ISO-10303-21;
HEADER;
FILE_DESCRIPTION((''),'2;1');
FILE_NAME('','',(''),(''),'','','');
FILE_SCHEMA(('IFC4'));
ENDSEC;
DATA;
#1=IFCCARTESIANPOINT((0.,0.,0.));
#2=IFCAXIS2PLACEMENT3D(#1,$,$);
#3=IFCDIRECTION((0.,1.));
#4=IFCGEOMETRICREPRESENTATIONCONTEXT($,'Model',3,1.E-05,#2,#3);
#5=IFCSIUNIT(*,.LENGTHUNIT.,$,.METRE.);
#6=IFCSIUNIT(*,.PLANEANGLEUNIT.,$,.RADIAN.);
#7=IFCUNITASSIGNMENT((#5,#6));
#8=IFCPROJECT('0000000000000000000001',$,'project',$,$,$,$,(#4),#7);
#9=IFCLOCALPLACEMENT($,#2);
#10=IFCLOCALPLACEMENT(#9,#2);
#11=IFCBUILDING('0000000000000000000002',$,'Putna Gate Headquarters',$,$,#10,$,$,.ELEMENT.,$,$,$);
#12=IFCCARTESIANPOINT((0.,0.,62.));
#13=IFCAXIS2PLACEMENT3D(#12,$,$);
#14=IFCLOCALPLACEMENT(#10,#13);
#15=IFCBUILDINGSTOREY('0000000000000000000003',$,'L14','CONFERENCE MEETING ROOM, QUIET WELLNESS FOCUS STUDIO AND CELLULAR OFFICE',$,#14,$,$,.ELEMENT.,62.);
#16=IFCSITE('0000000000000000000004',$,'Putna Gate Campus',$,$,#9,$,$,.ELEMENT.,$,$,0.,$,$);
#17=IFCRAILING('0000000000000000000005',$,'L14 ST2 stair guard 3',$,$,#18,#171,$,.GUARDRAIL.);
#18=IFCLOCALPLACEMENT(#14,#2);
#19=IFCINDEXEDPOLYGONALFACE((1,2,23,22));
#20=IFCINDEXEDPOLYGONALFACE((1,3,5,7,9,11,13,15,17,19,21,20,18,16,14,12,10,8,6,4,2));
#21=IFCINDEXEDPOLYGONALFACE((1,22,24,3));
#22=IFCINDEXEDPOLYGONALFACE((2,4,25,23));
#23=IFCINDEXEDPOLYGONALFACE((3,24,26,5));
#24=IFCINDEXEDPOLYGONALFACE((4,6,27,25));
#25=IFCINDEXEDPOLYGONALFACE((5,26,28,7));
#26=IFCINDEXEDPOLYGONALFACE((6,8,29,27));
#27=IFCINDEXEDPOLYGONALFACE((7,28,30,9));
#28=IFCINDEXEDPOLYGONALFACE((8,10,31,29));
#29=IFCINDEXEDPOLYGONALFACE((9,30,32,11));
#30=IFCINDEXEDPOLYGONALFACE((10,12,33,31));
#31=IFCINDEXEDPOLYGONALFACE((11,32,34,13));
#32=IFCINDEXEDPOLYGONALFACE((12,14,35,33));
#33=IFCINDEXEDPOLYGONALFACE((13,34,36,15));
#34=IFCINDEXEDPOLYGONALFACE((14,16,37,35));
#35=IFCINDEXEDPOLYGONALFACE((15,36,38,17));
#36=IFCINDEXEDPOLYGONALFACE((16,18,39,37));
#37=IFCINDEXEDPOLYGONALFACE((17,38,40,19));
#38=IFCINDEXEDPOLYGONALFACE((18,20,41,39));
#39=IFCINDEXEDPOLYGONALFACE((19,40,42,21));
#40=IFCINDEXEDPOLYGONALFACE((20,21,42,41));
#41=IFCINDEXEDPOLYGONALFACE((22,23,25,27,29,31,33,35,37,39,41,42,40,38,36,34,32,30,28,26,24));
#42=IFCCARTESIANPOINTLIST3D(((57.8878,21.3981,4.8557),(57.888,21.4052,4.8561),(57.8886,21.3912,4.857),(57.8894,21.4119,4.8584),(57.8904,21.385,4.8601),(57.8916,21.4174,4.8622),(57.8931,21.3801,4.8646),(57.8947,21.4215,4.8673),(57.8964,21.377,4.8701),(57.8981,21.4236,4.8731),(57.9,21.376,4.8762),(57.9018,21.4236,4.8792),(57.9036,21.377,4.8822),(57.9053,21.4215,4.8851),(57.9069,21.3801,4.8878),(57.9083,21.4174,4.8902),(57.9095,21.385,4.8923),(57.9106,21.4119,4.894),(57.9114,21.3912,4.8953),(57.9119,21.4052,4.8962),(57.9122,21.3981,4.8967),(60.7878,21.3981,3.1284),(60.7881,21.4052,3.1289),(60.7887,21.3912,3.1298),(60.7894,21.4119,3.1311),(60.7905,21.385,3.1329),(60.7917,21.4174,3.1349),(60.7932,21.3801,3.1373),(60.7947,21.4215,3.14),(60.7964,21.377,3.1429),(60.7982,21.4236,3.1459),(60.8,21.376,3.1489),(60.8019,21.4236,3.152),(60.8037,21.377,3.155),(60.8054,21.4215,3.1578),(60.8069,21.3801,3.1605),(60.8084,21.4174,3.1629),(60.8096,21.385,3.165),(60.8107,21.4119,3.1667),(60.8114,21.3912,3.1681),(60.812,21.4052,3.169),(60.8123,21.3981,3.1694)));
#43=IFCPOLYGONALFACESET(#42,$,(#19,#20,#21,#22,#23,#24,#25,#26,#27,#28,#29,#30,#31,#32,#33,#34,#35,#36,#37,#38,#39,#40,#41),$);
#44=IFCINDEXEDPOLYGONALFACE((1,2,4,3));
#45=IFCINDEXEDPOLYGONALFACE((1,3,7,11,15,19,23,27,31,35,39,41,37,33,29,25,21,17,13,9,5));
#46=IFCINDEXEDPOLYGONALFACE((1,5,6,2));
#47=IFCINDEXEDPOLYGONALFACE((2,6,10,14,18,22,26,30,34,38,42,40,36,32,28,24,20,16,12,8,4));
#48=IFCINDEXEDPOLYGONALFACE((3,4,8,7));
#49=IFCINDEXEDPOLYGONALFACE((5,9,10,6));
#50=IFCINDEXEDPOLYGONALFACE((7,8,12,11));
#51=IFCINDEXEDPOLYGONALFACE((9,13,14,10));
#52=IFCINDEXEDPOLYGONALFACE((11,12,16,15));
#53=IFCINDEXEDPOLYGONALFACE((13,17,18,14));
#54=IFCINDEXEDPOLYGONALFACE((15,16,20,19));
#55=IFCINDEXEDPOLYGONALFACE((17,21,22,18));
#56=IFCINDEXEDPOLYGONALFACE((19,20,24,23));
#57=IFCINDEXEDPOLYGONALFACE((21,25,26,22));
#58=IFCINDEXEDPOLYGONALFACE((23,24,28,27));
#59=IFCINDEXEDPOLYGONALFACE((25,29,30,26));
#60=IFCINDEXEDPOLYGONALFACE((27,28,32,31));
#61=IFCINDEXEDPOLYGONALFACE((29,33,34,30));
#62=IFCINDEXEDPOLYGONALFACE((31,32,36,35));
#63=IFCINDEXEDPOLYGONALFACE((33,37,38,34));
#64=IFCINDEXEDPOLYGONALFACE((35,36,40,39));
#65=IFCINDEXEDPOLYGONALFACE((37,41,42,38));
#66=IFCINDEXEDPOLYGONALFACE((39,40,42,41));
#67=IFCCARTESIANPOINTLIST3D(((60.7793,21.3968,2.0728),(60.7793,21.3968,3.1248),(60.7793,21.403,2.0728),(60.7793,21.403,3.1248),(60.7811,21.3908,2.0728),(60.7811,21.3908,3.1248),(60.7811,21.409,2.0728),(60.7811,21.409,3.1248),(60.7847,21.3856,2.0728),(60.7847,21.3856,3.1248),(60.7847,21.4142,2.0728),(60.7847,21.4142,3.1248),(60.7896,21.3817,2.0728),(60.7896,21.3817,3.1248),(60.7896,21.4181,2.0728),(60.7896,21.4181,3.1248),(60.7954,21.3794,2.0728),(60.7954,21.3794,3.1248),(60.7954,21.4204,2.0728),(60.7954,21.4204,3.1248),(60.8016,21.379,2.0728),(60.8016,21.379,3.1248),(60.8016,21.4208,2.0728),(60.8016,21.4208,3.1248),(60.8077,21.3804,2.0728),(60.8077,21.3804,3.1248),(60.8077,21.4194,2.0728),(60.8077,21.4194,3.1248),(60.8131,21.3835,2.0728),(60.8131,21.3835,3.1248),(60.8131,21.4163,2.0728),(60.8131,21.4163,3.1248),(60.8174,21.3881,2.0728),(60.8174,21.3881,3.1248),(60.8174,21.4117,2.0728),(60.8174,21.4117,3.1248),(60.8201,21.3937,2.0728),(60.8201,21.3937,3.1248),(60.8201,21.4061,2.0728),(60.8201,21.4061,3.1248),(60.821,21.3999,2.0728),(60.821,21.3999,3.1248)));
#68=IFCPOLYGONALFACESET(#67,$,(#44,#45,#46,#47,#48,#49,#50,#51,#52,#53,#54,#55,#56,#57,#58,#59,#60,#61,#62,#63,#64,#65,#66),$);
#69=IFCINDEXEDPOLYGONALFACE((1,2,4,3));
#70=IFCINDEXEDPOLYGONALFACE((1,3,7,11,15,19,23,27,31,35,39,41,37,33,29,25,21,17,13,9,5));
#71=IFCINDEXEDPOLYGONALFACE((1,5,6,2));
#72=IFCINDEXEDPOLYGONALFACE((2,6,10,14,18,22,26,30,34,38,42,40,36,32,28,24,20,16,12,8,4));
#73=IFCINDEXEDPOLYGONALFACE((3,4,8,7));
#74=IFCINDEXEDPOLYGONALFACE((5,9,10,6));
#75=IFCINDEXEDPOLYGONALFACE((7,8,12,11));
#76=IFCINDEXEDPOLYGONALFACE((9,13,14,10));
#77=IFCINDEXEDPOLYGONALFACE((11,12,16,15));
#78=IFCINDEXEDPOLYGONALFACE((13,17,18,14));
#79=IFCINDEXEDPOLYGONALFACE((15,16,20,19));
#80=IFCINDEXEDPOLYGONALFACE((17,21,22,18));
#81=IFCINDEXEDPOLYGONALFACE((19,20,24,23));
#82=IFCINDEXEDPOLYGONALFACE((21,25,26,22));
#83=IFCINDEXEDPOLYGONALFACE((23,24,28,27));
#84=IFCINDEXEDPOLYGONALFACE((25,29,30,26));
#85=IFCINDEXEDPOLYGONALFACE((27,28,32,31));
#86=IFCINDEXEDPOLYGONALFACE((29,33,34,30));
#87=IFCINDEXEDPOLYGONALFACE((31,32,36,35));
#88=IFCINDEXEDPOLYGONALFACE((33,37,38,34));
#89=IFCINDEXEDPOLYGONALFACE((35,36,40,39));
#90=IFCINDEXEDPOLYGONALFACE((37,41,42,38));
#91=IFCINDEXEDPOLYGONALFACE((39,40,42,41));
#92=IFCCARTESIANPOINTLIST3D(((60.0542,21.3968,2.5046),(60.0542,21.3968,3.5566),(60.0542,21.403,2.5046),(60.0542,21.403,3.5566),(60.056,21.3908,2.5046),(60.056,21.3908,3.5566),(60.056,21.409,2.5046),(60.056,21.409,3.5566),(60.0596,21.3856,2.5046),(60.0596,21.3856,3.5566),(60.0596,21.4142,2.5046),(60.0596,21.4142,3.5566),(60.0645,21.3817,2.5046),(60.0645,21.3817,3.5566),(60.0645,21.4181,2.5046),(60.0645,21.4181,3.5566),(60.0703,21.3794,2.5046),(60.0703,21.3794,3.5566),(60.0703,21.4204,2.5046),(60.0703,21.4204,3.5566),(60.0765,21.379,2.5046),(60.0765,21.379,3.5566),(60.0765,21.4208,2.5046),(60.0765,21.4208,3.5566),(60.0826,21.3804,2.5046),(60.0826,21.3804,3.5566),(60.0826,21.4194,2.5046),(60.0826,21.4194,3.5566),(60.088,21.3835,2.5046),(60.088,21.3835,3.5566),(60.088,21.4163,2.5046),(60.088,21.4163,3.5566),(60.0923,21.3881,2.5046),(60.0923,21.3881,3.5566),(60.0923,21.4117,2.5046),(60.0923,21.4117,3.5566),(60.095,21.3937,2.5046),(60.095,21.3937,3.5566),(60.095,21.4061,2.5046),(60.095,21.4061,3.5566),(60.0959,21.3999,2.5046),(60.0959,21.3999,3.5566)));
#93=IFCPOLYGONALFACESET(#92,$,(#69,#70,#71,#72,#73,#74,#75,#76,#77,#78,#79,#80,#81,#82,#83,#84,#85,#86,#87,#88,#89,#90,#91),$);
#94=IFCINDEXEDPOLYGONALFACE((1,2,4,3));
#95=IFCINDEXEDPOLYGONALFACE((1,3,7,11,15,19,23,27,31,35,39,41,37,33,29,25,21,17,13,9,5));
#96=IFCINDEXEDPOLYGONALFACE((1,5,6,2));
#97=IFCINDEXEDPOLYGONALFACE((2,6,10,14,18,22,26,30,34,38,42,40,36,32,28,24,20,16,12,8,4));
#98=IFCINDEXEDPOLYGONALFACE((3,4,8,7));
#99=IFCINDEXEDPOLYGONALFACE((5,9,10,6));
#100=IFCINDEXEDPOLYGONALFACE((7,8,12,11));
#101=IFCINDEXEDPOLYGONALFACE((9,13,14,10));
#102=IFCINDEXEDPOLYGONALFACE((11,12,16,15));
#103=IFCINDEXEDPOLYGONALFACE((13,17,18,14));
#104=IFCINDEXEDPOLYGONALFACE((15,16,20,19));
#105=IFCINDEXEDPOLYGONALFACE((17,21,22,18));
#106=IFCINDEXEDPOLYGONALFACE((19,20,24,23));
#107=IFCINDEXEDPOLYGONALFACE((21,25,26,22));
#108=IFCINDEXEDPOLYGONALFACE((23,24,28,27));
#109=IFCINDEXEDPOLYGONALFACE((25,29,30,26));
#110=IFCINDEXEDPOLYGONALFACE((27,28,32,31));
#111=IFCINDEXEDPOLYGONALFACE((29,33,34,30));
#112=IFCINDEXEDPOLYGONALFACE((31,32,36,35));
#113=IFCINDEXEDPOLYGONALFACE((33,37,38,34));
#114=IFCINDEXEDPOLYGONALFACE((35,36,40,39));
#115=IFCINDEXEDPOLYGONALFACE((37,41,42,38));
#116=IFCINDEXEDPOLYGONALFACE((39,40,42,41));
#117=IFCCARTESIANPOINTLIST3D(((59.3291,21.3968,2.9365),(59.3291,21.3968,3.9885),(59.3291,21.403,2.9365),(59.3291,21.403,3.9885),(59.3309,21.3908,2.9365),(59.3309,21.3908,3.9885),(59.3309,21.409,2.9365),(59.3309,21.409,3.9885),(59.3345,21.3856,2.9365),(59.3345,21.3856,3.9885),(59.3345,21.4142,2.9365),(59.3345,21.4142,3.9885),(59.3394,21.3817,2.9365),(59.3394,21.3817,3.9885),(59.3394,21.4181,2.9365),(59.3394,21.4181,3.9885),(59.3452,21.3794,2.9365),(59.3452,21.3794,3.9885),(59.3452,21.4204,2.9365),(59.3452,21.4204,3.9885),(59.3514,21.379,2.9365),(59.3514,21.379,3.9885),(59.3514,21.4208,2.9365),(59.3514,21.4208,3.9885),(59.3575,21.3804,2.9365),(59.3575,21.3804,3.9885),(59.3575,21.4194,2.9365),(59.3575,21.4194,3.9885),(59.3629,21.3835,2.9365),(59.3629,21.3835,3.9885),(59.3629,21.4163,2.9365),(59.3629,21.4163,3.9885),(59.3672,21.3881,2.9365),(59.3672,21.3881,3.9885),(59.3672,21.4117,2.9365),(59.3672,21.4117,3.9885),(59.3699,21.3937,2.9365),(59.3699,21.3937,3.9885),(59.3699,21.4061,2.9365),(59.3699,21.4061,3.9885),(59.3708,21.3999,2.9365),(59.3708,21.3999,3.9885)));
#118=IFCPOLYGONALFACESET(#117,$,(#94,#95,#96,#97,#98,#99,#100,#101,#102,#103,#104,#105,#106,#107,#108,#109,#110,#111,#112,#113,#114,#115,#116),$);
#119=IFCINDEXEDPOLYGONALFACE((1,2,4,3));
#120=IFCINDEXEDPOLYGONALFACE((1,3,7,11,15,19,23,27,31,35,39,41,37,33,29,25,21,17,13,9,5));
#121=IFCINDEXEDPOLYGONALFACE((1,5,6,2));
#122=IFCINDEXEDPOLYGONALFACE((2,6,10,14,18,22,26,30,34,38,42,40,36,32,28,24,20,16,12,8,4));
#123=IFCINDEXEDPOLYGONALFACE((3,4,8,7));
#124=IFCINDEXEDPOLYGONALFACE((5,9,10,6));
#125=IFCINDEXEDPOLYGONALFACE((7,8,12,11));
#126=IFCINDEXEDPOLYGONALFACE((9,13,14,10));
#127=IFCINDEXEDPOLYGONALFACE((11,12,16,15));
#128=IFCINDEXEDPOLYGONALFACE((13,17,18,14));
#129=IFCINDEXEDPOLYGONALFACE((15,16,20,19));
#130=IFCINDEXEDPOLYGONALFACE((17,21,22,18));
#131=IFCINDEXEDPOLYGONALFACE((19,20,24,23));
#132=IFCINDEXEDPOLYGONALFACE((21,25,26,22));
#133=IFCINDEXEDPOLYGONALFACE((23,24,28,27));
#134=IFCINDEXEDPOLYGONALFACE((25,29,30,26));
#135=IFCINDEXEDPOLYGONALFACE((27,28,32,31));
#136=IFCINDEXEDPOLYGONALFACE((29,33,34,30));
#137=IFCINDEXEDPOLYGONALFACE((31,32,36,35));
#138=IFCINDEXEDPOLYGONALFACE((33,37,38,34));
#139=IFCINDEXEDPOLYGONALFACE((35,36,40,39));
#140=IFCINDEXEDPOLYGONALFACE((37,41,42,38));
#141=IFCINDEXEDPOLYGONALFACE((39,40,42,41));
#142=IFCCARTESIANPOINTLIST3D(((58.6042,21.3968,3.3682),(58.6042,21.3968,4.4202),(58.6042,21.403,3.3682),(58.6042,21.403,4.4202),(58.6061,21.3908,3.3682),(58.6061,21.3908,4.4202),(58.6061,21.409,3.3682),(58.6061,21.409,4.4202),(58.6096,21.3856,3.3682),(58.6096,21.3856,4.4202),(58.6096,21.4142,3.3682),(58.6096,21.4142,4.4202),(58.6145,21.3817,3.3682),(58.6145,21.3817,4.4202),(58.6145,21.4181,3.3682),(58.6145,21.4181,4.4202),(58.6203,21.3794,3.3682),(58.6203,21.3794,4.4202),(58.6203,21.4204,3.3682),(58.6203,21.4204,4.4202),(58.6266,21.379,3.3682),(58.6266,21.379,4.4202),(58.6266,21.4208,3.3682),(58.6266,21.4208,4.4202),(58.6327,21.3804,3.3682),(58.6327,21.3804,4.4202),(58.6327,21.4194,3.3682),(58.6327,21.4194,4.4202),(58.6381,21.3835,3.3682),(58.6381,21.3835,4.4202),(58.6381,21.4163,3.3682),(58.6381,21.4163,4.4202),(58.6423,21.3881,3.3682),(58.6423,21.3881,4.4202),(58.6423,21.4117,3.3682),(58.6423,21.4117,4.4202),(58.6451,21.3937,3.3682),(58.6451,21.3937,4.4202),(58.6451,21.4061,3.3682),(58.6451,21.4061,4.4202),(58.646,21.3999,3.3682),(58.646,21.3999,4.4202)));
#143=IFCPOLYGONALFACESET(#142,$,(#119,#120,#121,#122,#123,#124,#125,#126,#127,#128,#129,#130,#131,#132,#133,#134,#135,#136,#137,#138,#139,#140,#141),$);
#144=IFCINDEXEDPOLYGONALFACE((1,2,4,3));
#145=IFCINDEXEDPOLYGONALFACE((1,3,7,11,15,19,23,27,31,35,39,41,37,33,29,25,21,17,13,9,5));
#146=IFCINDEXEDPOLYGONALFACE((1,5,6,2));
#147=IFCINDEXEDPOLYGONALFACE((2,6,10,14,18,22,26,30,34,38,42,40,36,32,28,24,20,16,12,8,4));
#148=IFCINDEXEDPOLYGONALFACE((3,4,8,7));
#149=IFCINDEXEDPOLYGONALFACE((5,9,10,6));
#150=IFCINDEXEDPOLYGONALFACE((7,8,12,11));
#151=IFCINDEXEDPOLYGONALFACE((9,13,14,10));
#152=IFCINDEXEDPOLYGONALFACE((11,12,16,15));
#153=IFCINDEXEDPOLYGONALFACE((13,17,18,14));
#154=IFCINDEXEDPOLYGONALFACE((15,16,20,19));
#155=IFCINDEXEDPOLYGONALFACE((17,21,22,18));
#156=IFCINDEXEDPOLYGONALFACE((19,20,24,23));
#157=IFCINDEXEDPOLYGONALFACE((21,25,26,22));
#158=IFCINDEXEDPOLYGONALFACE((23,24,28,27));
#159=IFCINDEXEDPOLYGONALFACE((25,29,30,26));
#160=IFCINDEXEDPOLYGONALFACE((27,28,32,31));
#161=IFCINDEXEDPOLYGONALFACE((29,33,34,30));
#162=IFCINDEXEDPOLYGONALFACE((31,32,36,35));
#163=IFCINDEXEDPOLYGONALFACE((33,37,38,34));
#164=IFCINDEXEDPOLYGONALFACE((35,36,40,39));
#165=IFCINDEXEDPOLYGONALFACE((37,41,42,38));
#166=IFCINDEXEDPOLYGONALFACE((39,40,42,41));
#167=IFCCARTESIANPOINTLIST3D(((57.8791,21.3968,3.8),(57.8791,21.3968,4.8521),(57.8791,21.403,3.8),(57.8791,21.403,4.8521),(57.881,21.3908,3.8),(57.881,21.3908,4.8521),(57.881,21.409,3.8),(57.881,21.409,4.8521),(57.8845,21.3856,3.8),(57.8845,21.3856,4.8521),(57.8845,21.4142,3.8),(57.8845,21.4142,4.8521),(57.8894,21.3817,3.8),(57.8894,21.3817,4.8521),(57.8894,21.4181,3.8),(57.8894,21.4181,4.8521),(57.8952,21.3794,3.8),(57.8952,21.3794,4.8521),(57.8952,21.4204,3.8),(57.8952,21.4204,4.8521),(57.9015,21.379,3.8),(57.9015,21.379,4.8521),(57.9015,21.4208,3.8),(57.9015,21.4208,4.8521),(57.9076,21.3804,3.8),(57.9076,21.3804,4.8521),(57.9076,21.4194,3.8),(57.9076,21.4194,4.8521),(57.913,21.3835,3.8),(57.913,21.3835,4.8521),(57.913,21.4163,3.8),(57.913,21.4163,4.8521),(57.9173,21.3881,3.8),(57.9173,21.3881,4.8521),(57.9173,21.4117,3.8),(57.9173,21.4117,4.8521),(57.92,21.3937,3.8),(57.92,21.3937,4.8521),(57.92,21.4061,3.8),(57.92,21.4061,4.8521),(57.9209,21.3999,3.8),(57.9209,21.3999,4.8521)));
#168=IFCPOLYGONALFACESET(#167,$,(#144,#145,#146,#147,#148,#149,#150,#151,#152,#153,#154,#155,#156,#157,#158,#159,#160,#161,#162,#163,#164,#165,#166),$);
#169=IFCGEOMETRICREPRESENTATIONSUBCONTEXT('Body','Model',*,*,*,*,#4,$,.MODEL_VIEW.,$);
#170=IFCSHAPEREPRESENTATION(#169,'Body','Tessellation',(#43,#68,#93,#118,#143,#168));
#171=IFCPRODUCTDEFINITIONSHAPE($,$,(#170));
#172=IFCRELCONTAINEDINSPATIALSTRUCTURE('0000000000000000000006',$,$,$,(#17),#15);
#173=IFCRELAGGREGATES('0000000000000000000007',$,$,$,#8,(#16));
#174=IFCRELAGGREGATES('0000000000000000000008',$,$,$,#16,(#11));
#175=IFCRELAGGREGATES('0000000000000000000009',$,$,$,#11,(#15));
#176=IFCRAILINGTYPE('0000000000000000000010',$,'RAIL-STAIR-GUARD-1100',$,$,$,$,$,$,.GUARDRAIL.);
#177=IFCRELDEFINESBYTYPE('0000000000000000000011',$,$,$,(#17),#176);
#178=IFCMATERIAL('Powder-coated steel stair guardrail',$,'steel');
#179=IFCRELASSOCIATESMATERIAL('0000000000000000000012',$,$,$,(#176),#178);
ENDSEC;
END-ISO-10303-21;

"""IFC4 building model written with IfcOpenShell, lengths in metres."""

from ifc_helpers import new_model, si_unit, direction, frame, origin, origin_2d, place, context, subcontext, project, spatial, circle, extrude, material, type_object, element, save


model = new_model("IFC4")

# Units and contexts
model_context = context("Model", 3, precision=1e-05, world=origin(), true_north=direction((0.0, 1.0)))
body_context = subcontext(model_context, "Body", "Model", "MODEL_VIEW")
ifc_project = project(units=[si_unit("LENGTHUNIT", "METRE"), si_unit("PLANEANGLEUNIT", "RADIAN")], contexts=[model_context])

# Site, building, storey
site_placement = place(None, origin())
site = spatial("IfcSite", under=ifc_project, at=site_placement, Name="Putna Gate Campus", CompositionType="ELEMENT", RefElevation=0.0)
building_placement = place(site_placement, origin())
building = spatial("IfcBuilding", under=site, at=building_placement, Name="Putna Gate Headquarters", CompositionType="ELEMENT")
storey_placement = place(building_placement, frame((0.0, 0.0, 62.0)))
storey = spatial("IfcBuildingStorey", under=building, at=storey_placement, Name="L14", Description="CONFERENCE MEETING ROOM, QUIET WELLNESS FOCUS STUDIO AND CELLULAR OFFICE", CompositionType="ELEMENT", Elevation=62.0)

# Railing
ifc_material_1 = material(Name="Powder-coated steel stair guardrail", Category="steel")
railing_type = type_object("IfcRailingType", Name="RAIL-STAIR-GUARD-1100", PredefinedType="GUARDRAIL", material=ifc_material_1)
railing_1_placement = place(storey_placement, frame((60.8, 21.3999, 2.0728)))
element("IfcRailing", 1, at=railing_1_placement, inside=storey, type_object=railing_type, Name="L14 ST2 stair guard 3", PredefinedType="GUARDRAIL", context=body_context, shape_type="SweptSolid", body=[
    extrude(circle(Radius=0.0239, at=origin_2d()), frame((0.0, 0.0, 1.0762), z_axis=(-0.85916, 0.0, 0.511706), x_axis=(0.0, -1.0, 0.0)), (0.0, 0.0, 1.0), 3.3755),
    extrude(circle(Radius=0.021, at=origin_2d()), origin(), (0.0, 0.0, 1.0), 1.052),
    extrude(circle(Radius=0.021, at=origin_2d()), frame((-0.7251, 0.0, 0.4319)), (0.0, 0.0, 1.0), 1.052),
    extrude(circle(Radius=0.021, at=origin_2d()), frame((-1.4502, 0.0, 0.8638)), (0.0, 0.0, 1.0), 1.052),
    extrude(circle(Radius=0.021, at=origin_2d()), frame((-2.175, 0.0, 1.2954)), (0.0, 0.0, 1.0), 1.052),
    extrude(circle(Radius=0.021, at=origin_2d()), frame((-2.9001, 0.0, 1.7273)), (0.0, 0.0, 1.0), 1.052),
])

save(model, "model.ifc")
